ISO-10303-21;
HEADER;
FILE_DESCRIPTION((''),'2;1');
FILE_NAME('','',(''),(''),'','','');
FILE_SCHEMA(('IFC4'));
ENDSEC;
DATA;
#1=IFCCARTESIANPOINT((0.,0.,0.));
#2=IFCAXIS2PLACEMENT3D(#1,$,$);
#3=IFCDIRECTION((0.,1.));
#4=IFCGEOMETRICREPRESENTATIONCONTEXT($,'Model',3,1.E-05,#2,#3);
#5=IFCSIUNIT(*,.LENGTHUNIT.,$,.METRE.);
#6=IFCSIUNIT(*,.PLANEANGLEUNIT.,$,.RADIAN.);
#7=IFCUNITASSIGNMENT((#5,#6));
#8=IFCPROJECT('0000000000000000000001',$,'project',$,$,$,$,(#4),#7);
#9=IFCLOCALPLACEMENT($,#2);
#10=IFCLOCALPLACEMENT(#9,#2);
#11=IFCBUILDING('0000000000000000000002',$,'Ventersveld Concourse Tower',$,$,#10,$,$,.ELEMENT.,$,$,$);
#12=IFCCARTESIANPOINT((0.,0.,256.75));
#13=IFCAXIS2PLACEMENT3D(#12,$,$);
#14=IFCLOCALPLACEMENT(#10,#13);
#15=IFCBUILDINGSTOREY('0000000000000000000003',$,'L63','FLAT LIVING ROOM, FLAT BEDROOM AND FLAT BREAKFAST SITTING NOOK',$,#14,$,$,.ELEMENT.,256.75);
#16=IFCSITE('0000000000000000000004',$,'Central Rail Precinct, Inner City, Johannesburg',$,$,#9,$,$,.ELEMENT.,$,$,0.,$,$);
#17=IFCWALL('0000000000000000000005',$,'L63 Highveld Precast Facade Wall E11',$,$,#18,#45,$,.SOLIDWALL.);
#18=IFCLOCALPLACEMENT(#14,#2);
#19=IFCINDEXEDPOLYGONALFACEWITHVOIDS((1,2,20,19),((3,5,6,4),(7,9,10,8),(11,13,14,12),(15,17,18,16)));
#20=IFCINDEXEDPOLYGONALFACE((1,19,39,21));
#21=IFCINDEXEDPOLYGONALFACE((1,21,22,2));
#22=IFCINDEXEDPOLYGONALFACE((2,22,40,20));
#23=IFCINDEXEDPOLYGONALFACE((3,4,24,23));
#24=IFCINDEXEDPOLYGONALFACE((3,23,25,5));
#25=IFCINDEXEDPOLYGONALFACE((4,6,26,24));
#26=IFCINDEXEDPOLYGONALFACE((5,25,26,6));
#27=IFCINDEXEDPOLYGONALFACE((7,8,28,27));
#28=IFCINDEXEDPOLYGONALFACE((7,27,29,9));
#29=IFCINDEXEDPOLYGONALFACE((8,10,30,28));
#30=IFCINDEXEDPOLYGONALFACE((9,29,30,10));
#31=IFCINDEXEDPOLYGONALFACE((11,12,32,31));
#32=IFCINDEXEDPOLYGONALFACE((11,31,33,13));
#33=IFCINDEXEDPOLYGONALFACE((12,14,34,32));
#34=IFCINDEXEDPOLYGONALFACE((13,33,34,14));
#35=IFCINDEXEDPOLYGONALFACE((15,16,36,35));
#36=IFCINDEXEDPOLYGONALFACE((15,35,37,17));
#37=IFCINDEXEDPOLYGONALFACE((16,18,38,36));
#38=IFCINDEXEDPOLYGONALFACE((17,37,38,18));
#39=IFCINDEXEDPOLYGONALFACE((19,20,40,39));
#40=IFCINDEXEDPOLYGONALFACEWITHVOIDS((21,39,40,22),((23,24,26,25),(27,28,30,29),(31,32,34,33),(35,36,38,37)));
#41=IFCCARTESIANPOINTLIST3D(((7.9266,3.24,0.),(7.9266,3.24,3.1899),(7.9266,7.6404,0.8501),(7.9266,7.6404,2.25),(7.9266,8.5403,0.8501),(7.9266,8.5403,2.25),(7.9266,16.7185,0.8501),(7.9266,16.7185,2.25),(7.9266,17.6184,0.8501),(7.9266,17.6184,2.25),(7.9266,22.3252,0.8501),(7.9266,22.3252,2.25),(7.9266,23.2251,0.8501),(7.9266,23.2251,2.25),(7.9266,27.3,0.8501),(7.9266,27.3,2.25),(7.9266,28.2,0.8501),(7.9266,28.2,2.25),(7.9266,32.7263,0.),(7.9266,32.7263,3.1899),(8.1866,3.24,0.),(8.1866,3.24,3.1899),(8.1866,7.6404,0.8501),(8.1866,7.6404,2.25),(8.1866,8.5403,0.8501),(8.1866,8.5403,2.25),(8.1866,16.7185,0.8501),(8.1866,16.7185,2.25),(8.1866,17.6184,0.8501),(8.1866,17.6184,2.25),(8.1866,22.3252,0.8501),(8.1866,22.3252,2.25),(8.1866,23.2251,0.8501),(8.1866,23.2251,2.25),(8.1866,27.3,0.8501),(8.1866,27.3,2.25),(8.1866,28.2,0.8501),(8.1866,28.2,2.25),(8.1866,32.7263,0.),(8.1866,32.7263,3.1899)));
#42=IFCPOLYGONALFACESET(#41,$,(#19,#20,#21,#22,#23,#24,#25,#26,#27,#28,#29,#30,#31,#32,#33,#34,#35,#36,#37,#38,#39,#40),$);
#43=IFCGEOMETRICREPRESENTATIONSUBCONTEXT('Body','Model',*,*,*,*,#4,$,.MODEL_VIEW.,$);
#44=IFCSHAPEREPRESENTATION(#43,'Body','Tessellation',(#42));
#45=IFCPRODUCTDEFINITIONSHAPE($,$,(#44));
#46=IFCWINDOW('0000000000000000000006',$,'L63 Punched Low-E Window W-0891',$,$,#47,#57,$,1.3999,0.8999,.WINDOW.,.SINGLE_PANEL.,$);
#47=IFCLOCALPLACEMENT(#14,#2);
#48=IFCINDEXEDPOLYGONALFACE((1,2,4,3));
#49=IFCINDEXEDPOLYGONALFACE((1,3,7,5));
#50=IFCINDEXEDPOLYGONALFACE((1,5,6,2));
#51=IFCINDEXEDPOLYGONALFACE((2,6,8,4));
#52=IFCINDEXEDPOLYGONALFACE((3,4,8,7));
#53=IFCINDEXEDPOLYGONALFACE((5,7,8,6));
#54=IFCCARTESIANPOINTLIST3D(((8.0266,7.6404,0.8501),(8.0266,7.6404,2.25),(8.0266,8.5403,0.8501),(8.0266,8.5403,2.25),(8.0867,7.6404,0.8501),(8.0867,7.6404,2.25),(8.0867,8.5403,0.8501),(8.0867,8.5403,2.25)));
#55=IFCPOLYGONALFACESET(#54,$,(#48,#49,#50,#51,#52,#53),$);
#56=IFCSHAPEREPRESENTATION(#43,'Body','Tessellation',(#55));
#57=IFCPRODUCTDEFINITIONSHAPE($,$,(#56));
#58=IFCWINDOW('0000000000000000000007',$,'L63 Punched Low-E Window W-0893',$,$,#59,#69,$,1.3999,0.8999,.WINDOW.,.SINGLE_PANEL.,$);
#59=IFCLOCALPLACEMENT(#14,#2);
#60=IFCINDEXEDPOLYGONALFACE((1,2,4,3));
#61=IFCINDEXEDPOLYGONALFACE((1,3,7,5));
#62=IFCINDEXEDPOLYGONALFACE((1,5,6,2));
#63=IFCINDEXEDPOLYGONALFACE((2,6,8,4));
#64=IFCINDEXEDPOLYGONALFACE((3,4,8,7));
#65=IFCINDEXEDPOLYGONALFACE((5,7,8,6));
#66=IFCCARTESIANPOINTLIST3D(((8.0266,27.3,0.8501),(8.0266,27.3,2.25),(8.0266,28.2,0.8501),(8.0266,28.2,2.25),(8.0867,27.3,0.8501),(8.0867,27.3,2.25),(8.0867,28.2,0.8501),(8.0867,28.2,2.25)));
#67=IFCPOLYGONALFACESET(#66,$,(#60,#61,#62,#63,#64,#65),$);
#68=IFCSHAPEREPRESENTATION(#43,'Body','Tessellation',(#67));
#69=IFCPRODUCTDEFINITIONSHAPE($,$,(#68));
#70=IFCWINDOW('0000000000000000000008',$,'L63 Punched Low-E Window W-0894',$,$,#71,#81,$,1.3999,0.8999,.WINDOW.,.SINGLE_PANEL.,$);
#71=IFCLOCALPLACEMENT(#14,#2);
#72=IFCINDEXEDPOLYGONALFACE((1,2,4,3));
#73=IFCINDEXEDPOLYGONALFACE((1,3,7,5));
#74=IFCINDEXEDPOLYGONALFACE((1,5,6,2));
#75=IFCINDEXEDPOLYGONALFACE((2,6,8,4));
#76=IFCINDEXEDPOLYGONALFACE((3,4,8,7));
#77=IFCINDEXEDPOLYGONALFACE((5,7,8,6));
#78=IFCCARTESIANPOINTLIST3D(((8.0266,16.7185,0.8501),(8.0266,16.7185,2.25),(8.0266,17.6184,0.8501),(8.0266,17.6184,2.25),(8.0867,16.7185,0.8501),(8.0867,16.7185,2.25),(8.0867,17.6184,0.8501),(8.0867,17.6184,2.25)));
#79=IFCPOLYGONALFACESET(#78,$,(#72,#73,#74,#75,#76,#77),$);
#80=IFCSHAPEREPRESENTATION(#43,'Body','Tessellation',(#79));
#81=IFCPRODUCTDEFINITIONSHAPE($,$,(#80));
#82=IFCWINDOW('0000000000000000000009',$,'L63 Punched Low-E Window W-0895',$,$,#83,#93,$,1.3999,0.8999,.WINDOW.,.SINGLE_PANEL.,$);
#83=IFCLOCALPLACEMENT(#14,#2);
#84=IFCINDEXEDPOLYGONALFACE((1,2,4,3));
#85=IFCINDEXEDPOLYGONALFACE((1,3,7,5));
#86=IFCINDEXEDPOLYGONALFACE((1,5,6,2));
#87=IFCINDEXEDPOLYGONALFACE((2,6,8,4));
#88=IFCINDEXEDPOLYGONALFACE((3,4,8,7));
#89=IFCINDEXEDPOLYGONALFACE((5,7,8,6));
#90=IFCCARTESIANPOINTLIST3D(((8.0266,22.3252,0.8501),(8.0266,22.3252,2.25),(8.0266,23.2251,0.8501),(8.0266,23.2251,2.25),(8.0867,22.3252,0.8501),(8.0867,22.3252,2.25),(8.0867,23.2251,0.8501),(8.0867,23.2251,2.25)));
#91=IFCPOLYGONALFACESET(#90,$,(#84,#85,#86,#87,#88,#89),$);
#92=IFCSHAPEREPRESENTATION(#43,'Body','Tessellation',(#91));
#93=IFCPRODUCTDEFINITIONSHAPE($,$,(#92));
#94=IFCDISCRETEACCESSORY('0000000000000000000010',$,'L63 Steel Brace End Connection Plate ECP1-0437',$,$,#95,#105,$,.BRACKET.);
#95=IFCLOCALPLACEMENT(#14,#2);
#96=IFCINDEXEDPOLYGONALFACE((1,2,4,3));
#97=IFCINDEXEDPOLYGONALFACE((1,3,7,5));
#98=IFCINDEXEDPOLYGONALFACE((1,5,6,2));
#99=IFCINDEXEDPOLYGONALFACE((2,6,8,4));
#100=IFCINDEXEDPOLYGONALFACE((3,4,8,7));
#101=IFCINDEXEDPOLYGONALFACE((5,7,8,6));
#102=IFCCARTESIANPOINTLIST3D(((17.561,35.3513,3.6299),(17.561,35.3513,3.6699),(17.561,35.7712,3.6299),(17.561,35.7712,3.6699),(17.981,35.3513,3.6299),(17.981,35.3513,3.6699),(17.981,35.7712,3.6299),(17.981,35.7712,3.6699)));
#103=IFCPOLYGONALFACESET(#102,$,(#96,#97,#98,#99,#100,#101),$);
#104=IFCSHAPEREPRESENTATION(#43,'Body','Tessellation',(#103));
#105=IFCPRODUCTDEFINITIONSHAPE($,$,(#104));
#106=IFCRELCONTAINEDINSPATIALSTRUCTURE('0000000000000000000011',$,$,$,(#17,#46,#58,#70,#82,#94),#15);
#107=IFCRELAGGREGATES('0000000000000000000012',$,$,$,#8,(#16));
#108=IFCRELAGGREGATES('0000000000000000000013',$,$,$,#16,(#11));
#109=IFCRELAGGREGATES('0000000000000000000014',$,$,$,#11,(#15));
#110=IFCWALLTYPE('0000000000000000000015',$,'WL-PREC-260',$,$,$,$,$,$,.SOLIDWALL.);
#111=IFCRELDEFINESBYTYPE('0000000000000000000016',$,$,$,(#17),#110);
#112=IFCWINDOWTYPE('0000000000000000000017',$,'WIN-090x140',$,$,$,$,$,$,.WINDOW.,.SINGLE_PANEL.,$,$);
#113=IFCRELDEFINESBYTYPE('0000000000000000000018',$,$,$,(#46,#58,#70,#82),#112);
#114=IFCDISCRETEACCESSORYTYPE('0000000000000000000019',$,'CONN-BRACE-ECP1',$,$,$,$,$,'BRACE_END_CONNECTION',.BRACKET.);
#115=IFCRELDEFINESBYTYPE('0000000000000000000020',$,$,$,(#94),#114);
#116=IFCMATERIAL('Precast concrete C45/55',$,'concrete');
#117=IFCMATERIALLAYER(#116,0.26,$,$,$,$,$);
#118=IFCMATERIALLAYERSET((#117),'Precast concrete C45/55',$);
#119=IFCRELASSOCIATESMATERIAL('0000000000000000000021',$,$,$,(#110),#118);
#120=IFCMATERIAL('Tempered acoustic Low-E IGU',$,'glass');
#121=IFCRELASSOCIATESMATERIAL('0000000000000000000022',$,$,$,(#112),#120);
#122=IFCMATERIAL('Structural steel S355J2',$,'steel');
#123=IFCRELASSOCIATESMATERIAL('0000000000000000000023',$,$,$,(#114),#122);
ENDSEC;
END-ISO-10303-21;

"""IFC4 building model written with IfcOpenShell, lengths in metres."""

from ifc_helpers import new_model, si_unit, direction, frame, frame_2d, origin, origin_2d, place, context, subcontext, project, spatial, rectangle, extrude, material, layer, layer_set, type_object, element, fill, save


model = new_model("IFC4")

# Units and contexts
model_context = context("Model", 3, precision=1e-05, world=origin(), true_north=direction((0.0, 1.0)))
body_context = subcontext(model_context, "Body", "Model", "MODEL_VIEW")
ifc_project = project(units=[si_unit("LENGTHUNIT", "METRE"), si_unit("PLANEANGLEUNIT", "RADIAN")], contexts=[model_context])

# Site, building, storey
site_placement = place(None, origin())
site = spatial("IfcSite", under=ifc_project, at=site_placement, Name="Central Rail Precinct, Inner City, Johannesburg", CompositionType="ELEMENT", RefElevation=0.0)
building_placement = place(site_placement, origin())
building = spatial("IfcBuilding", under=site, at=building_placement, Name="Ventersveld Concourse Tower", CompositionType="ELEMENT")
storey_placement = place(building_placement, frame((0.0, 0.0, 256.75)))
storey = spatial("IfcBuildingStorey", under=building, at=storey_placement, Name="L63", Description="FLAT LIVING ROOM, FLAT BEDROOM AND FLAT BREAKFAST SITTING NOOK", CompositionType="ELEMENT", Elevation=256.75)

# Shared definitions
ifc_material_1 = material(Name="Structural steel S355J2", Category="steel")

# Shared definitions
ifc_material_2 = material(Name="Precast concrete C45/55", Category="concrete")
ifc_layer_1 = layer(ifc_material_2, 0.26)
ifc_layer_set_1 = layer_set([ifc_layer_1], Name="Precast concrete C45/55")
wall_type_1 = type_object("IfcWallType", Name="WL-PREC-260", PredefinedType="SOLIDWALL", material=ifc_layer_set_1)

# Wall, openings, windows
wall_1_placement = place(storey_placement, frame((8.0566, 32.7263, 0.0), z_axis=(0.0, 0.0, 1.0), x_axis=(0.0, -1.0, 0.0)))
wall_1 = element("IfcWall", 1, at=wall_1_placement, inside=storey, type_object=wall_type_1, Name="L63 Highveld Precast Facade Wall E11", PredefinedType="SOLIDWALL", context=body_context, shape_type="SweptSolid", body=[
    extrude(rectangle(XDim=29.4863, YDim=0.26, at=frame_2d((14.7432, 0.0))), origin(), (0.0, 0.0, 1.0), 3.1899),
])
opening_1_placement = place(wall_1_placement, frame((24.186, 0.0, 0.8501)))
opening_1 = element("IfcOpeningElement", 2, at=opening_1_placement, cuts=wall_1, PredefinedType="OPENING", context=body_context, shape_type="SweptSolid", body=[
    extrude(rectangle(XDim=0.8999, YDim=1.3999, at=frame_2d((0.45, 0.7))), frame((0.0, 0.1401, 0.0), z_axis=(0.0, -1.0, 0.0), x_axis=(1.0, 0.0, 0.0)), (0.0, 0.0, 1.0), 0.28),
])
opening_2_placement = place(wall_1_placement, frame((4.5264, 0.0, 0.8501)))
opening_2 = element("IfcOpeningElement", 3, at=opening_2_placement, cuts=wall_1, PredefinedType="OPENING", context=body_context, shape_type="SweptSolid", body=[
    extrude(rectangle(XDim=0.8999, YDim=1.3999, at=frame_2d((0.45, 0.7))), frame((0.0, 0.1401, 0.0), z_axis=(0.0, -1.0, 0.0), x_axis=(1.0, 0.0, 0.0)), (0.0, 0.0, 1.0), 0.28),
])
opening_3_placement = place(wall_1_placement, frame((15.1079, 0.0, 0.8501)))
opening_3 = element("IfcOpeningElement", 4, at=opening_3_placement, cuts=wall_1, PredefinedType="OPENING", context=body_context, shape_type="SweptSolid", body=[
    extrude(rectangle(XDim=0.8999, YDim=1.3999, at=frame_2d((0.45, 0.7))), frame((0.0, 0.1401, 0.0), z_axis=(0.0, -1.0, 0.0), x_axis=(1.0, 0.0, 0.0)), (0.0, 0.0, 1.0), 0.28),
])
opening_4_placement = place(wall_1_placement, frame((9.5012, 0.0, 0.8501)))
opening_4 = element("IfcOpeningElement", 5, at=opening_4_placement, cuts=wall_1, PredefinedType="OPENING", context=body_context, shape_type="SweptSolid", body=[
    extrude(rectangle(XDim=0.8999, YDim=1.3999, at=frame_2d((0.45, 0.7))), frame((0.0, 0.1401, 0.0), z_axis=(0.0, -1.0, 0.0), x_axis=(1.0, 0.0, 0.0)), (0.0, 0.0, 1.0), 0.28),
])
ifc_material_3 = material(Name="Tempered acoustic Low-E IGU", Category="glass")
window_type = type_object("IfcWindowType", Name="WIN-090x140", PartitioningType="SINGLE_PANEL", PredefinedType="WINDOW", material=ifc_material_3)
window_1_placement = place(opening_1_placement, origin())
window_1 = element("IfcWindow", 6, at=window_1_placement, inside=storey, type_object=window_type, Name="L63 Punched Low-E Window W-0891", OverallHeight=1.3999, OverallWidth=0.8999, PartitioningType="SINGLE_PANEL", PredefinedType="WINDOW", context=body_context, shape_type="SweptSolid", body=[
    extrude(rectangle(XDim=0.8999, YDim=1.3999, at=frame_2d((0.45, 0.7))), frame((0.0, 0.03, 0.0), z_axis=(0.0, -1.0, 0.0), x_axis=(1.0, 0.0, 0.0)), (0.0, 0.0, 1.0), 0.0601),
])
fill(opening_1, window_1)
window_2_placement = place(opening_2_placement, origin())
window_2 = element("IfcWindow", 7, at=window_2_placement, inside=storey, type_object=window_type, Name="L63 Punched Low-E Window W-0893", OverallHeight=1.3999, OverallWidth=0.8999, PartitioningType="SINGLE_PANEL", PredefinedType="WINDOW", context=body_context, shape_type="SweptSolid", body=[
    extrude(rectangle(XDim=0.8999, YDim=1.3999, at=frame_2d((0.45, 0.7))), frame((0.0, 0.03, 0.0), z_axis=(0.0, -1.0, 0.0), x_axis=(1.0, 0.0, 0.0)), (0.0, 0.0, 1.0), 0.0601),
])
fill(opening_2, window_2)
window_3_placement = place(opening_3_placement, origin())
window_3 = element("IfcWindow", 8, at=window_3_placement, inside=storey, type_object=window_type, Name="L63 Punched Low-E Window W-0894", OverallHeight=1.3999, OverallWidth=0.8999, PartitioningType="SINGLE_PANEL", PredefinedType="WINDOW", context=body_context, shape_type="SweptSolid", body=[
    extrude(rectangle(XDim=0.8999, YDim=1.3999, at=frame_2d((0.45, 0.7))), frame((0.0, 0.03, 0.0), z_axis=(0.0, -1.0, 0.0), x_axis=(1.0, 0.0, 0.0)), (0.0, 0.0, 1.0), 0.0601),
])
fill(opening_3, window_3)
window_4_placement = place(opening_4_placement, origin())
window_4 = element("IfcWindow", 9, at=window_4_placement, inside=storey, type_object=window_type, Name="L63 Punched Low-E Window W-0895", OverallHeight=1.3999, OverallWidth=0.8999, PartitioningType="SINGLE_PANEL", PredefinedType="WINDOW", context=body_context, shape_type="SweptSolid", body=[
    extrude(rectangle(XDim=0.8999, YDim=1.3999, at=frame_2d((0.45, 0.7))), frame((0.0, 0.03, 0.0), z_axis=(0.0, -1.0, 0.0), x_axis=(1.0, 0.0, 0.0)), (0.0, 0.0, 1.0), 0.0601),
])
fill(opening_4, window_4)

# Discrete accessory
discrete_accessory_type = type_object("IfcDiscreteAccessoryType", Name="CONN-BRACE-ECP1", ElementType="BRACE_END_CONNECTION", PredefinedType="BRACKET", material=ifc_material_1)
discrete_accessory_placement = place(storey_placement, frame((17.771, 35.5613, 3.6299), z_axis=(0.0, 0.0, 1.0), x_axis=(1.0, 0.0, 0.0)))
element("IfcDiscreteAccessory", 10, at=discrete_accessory_placement, inside=storey, type_object=discrete_accessory_type, Name="L63 Steel Brace End Connection Plate ECP1-0437", PredefinedType="BRACKET", context=body_context, shape_type="SweptSolid", body=[
    extrude(rectangle(XDim=0.4199, YDim=0.4199, at=origin_2d()), origin(), (0.0, 0.0, 1.0), 0.04),
])

save(model, "model.ifc")
